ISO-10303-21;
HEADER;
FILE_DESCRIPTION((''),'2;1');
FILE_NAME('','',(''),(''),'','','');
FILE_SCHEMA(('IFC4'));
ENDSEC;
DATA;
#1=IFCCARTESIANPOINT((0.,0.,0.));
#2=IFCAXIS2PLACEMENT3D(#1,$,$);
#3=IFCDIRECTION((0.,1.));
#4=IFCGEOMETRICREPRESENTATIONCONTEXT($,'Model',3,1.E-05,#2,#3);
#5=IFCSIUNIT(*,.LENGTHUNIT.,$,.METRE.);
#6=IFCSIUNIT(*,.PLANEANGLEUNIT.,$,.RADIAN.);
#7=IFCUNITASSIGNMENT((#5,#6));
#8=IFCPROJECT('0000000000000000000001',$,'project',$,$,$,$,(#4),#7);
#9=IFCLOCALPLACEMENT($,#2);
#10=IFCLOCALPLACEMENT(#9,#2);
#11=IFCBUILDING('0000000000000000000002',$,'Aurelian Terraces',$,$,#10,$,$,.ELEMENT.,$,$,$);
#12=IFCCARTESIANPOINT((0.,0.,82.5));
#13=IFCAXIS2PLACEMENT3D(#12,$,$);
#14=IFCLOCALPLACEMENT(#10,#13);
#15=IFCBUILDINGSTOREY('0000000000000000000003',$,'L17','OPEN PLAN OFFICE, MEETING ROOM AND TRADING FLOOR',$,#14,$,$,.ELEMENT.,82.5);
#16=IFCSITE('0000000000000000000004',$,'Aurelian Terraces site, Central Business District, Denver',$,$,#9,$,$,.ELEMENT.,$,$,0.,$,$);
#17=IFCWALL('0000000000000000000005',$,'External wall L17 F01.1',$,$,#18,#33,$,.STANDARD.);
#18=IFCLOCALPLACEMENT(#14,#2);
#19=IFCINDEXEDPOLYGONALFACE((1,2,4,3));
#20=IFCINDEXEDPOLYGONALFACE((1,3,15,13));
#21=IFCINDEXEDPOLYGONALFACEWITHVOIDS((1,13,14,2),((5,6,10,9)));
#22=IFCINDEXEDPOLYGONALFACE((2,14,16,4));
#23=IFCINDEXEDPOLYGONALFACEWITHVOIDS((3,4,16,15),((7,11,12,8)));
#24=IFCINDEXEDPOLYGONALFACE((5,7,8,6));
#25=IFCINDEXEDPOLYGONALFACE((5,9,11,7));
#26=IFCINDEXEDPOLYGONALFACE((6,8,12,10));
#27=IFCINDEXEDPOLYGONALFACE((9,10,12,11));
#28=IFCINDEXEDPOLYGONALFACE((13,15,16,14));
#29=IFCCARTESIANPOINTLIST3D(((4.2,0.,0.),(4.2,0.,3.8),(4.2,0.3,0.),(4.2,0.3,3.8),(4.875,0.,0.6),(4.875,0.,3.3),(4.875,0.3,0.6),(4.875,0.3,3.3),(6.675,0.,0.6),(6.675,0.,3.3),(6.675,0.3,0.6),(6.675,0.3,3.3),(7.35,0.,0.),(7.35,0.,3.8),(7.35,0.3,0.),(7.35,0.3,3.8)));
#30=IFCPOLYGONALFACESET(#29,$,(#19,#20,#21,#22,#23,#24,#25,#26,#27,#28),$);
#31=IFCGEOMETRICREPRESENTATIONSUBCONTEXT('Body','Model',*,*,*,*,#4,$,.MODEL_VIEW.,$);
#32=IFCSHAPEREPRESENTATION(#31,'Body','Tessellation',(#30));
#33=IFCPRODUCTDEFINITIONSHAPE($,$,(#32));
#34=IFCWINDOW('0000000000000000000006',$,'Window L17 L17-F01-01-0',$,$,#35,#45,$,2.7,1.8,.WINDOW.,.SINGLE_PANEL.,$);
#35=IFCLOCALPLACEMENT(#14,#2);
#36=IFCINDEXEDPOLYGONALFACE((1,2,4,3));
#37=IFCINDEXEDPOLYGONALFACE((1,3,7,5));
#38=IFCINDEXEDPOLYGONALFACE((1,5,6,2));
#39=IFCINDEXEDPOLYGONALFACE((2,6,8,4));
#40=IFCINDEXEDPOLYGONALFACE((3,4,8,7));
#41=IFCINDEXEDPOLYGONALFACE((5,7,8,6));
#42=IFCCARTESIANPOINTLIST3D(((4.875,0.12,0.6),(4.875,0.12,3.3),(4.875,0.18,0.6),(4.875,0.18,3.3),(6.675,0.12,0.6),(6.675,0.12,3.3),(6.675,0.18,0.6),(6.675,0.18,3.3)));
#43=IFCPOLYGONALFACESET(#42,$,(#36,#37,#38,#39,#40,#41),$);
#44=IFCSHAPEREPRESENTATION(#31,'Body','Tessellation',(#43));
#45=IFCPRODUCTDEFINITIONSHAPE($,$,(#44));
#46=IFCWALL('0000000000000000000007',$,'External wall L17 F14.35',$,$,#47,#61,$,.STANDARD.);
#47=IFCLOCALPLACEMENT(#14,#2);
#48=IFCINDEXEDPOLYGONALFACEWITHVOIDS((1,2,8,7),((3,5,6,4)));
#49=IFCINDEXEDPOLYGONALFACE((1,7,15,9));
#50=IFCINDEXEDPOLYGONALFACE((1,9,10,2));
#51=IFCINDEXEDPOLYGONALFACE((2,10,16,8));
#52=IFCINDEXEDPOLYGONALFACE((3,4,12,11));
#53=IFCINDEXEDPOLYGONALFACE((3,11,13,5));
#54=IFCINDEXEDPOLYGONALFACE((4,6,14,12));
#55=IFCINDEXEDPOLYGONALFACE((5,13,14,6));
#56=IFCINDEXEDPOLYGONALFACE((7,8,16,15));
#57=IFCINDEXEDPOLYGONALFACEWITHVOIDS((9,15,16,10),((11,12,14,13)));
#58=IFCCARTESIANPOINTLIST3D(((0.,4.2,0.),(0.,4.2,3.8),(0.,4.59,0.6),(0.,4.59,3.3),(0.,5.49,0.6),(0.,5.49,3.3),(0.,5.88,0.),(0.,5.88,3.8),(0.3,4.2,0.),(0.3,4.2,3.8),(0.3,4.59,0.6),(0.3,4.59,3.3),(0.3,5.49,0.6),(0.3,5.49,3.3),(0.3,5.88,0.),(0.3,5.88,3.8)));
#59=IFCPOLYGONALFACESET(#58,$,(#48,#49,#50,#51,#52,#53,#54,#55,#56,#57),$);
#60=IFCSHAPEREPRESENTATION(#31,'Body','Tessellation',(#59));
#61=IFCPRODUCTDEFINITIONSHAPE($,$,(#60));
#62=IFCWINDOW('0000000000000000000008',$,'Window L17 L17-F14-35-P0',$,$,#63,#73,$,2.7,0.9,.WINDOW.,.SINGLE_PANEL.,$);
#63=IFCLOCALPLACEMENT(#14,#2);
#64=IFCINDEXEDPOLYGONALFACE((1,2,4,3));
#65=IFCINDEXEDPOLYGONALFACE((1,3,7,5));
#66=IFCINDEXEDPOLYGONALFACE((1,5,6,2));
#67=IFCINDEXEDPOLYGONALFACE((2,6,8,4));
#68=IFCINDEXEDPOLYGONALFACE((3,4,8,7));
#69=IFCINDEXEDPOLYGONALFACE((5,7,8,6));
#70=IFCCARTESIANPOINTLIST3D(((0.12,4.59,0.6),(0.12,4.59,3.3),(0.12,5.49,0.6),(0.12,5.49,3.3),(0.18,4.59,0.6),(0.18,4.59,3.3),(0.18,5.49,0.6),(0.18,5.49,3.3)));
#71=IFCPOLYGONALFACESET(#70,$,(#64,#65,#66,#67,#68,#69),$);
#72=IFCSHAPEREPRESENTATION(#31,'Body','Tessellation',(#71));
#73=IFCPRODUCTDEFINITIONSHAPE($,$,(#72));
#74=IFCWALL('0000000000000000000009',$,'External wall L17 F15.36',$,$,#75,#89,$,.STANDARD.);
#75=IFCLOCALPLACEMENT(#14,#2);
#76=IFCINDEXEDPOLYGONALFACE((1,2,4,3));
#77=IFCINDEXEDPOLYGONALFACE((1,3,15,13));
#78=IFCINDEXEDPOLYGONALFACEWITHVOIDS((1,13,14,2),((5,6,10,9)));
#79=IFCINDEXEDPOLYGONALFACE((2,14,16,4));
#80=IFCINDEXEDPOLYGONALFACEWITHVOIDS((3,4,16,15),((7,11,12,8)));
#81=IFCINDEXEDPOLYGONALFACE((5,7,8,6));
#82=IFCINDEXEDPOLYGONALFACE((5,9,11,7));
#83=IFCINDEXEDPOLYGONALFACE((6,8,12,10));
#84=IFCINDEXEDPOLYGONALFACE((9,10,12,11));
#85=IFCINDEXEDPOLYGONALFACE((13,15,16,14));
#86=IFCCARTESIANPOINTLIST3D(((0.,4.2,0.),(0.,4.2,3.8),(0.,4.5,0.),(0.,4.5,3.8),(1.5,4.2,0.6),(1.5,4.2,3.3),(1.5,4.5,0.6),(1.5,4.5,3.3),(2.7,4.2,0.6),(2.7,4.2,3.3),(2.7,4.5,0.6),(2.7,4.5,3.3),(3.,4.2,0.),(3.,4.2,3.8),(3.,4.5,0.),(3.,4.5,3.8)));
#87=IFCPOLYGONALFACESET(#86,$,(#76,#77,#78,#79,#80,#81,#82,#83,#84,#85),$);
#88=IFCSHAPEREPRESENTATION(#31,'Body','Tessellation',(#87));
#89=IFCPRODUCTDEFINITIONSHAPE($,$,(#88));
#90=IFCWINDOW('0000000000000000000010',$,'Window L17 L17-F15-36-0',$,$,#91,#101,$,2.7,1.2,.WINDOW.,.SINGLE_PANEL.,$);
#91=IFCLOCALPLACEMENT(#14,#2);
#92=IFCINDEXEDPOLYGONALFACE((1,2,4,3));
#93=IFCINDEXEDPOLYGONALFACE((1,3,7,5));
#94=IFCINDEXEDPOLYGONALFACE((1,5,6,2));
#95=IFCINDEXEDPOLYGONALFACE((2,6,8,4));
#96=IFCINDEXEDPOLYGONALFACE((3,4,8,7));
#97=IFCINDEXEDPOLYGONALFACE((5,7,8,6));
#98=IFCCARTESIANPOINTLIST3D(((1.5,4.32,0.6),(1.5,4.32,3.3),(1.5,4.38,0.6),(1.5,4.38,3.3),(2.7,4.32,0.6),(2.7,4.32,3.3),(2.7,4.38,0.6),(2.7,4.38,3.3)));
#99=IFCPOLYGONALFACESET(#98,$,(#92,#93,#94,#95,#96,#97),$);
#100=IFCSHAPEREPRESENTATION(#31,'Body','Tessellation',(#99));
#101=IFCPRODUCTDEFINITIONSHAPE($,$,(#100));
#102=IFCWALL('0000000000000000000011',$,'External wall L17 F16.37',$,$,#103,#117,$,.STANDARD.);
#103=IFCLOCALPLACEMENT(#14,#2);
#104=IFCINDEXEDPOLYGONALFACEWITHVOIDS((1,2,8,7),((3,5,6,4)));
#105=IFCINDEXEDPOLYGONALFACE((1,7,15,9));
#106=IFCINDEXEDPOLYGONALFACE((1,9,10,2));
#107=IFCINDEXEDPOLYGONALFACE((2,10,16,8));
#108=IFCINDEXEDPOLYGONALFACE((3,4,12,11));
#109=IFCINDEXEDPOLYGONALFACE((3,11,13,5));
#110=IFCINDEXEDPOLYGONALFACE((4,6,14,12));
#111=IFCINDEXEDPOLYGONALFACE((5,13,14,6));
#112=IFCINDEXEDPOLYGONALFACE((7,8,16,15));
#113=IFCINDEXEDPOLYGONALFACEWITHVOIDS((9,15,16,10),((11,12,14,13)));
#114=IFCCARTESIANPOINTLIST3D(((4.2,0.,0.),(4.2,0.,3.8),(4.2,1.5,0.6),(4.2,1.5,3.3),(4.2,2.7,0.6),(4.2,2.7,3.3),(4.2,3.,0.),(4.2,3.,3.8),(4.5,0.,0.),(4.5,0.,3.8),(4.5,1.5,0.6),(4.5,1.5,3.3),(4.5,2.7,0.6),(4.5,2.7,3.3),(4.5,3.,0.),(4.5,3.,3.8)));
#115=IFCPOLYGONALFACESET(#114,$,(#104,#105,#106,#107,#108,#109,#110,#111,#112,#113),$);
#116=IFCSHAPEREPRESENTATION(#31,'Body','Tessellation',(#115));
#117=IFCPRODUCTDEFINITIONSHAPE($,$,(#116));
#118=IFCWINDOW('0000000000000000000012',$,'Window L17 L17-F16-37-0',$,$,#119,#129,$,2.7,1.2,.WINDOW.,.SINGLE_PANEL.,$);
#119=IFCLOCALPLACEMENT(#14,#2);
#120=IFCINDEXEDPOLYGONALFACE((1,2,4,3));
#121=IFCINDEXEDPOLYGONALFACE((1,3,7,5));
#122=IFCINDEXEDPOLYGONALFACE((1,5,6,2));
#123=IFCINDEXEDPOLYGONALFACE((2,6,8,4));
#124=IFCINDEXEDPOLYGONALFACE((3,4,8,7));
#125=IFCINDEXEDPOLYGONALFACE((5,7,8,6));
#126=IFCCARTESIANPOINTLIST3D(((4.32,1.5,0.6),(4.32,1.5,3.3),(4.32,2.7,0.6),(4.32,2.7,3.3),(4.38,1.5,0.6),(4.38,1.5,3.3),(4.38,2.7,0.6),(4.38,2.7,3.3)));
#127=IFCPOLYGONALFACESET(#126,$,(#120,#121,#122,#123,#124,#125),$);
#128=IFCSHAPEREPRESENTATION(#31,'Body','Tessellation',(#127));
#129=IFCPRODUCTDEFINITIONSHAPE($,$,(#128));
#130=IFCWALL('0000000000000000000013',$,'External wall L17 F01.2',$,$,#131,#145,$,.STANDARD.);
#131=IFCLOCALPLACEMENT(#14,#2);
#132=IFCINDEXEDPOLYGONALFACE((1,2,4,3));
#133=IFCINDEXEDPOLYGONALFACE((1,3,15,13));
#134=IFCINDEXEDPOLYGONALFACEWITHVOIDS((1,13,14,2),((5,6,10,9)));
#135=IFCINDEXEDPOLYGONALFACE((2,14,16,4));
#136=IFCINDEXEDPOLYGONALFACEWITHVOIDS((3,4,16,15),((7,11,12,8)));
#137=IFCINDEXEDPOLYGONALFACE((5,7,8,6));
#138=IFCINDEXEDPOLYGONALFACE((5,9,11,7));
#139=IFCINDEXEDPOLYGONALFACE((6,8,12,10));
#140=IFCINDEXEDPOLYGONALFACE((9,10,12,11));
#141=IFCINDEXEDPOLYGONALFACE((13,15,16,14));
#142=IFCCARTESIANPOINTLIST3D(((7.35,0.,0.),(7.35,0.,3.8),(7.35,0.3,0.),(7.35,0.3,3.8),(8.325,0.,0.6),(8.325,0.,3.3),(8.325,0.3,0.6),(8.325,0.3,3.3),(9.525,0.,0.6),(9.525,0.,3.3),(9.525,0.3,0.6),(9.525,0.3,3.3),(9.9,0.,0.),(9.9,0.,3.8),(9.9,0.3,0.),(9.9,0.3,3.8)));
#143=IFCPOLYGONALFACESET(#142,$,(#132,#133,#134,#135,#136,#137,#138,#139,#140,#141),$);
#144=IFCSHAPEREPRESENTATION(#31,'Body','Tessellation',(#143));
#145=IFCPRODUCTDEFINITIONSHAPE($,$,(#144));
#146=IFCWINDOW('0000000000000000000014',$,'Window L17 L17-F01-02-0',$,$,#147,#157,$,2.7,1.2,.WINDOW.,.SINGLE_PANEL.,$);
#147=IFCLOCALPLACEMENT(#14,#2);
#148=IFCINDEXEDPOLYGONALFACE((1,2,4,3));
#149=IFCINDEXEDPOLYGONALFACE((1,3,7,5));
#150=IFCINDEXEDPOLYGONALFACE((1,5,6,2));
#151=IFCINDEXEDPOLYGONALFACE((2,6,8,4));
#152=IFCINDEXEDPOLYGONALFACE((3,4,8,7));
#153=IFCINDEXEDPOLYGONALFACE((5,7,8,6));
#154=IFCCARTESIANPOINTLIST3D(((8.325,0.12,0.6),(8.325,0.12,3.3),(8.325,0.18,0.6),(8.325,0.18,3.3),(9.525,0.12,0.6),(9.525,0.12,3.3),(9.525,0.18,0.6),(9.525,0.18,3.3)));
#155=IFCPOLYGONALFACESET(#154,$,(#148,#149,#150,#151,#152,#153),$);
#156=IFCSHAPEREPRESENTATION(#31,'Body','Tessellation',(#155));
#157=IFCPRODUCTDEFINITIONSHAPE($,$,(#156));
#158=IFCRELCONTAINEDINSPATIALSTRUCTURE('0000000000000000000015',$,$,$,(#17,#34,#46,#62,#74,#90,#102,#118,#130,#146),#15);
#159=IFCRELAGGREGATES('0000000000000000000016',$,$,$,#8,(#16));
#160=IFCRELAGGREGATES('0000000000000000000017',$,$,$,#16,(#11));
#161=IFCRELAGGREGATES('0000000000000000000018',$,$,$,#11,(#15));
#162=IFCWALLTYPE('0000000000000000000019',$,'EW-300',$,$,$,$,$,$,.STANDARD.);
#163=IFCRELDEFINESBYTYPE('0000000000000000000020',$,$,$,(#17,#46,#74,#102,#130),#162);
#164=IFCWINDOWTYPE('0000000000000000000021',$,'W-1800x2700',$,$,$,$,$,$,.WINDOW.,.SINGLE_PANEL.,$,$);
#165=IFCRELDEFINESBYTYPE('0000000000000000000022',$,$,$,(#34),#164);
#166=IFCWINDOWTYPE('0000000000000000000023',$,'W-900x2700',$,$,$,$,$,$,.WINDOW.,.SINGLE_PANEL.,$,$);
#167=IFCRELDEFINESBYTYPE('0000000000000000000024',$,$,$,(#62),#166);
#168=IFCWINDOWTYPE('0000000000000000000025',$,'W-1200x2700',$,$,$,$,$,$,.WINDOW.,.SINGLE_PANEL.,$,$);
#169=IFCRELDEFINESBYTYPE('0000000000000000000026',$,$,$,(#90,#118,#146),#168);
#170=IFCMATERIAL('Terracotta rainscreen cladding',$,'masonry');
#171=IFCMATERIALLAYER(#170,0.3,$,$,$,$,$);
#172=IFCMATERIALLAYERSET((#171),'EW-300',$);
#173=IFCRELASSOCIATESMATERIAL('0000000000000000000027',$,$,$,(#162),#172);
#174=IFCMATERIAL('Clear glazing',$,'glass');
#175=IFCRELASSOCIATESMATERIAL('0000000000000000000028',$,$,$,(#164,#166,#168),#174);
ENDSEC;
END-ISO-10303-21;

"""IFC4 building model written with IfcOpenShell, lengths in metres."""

from ifc_helpers import new_model, si_unit, direction, frame, frame_2d, origin, place, context, subcontext, project, spatial, rectangle, extrude, source, transform, mapped, material, layer, layer_set, type_object, element, fill, save


model = new_model("IFC4")

# Units and contexts
model_context = context("Model", 3, precision=1e-05, world=origin(), true_north=direction((0.0, 1.0)))
body_context = subcontext(model_context, "Body", "Model", "MODEL_VIEW")
ifc_project = project(units=[si_unit("LENGTHUNIT", "METRE"), si_unit("PLANEANGLEUNIT", "RADIAN")], contexts=[model_context])

# Site, building, storey
site_placement = place(None, origin())
site = spatial("IfcSite", under=ifc_project, at=site_placement, Name="Aurelian Terraces site, Central Business District, Denver", CompositionType="ELEMENT", RefElevation=0.0)
building_placement = place(site_placement, origin())
building = spatial("IfcBuilding", under=site, at=building_placement, Name="Aurelian Terraces", CompositionType="ELEMENT")
storey_placement = place(building_placement, frame((0.0, 0.0, 82.5)))
storey = spatial("IfcBuildingStorey", under=building, at=storey_placement, Name="L17", Description="OPEN PLAN OFFICE, MEETING ROOM AND TRADING FLOOR", CompositionType="ELEMENT", Elevation=82.5)

# Walls, openings, windows
ifc_material_1 = material(Name="Terracotta rainscreen cladding", Category="masonry")
ifc_layer_1 = layer(ifc_material_1, 0.3)
ifc_layer_set_1 = layer_set([ifc_layer_1], Name="EW-300")
wall_type_1 = type_object("IfcWallType", Name="EW-300", PredefinedType="STANDARD", material=ifc_layer_set_1)
ifc_material_2 = material(Name="Clear glazing", Category="glass")
shared_shape_1 = source(origin(), body_context, "Body", "SweptSolid", [
    extrude(rectangle(XDim=3.15, YDim=0.3, at=frame_2d((1.575, 0.0))), origin(), (0.0, 0.0, 1.0), 3.8),
])
wall_1_placement = place(storey_placement, frame((4.2, 0.15, 0.0), z_axis=(0.0, 0.0, 1.0), x_axis=(1.0, 0.0, 0.0)))
wall_1 = element("IfcWall", 1, at=wall_1_placement, inside=storey, type_object=wall_type_1, Name="External wall L17 F01.1", PredefinedType="STANDARD", context=body_context, shape_type="MappedRepresentation", body=[
    mapped(shared_shape_1, transform((0.0, 0.0, 0.0), scale=1.0)),
])
shared_shape_2 = source(origin(), body_context, "Body", "SweptSolid", [
    extrude(rectangle(XDim=1.8, YDim=2.7, at=frame_2d((0.9, 1.35))), frame((0.0, 0.16, 0.0), z_axis=(0.0, -1.0, 0.0), x_axis=(1.0, 0.0, 0.0)), (0.0, 0.0, 1.0), 0.32),
])
opening_1_placement = place(wall_1_placement, frame((0.675, 0.0, 0.6)))
opening_1 = element("IfcOpeningElement", 2, at=opening_1_placement, cuts=wall_1, PredefinedType="OPENING", context=body_context, shape_type="MappedRepresentation", body=[
    mapped(shared_shape_2, transform((0.0, 0.0, 0.0), scale=1.0)),
])
window_type_1 = type_object("IfcWindowType", Name="W-1800x2700", PartitioningType="SINGLE_PANEL", PredefinedType="WINDOW", material=ifc_material_2)
shared_shape_3 = source(origin(), body_context, "Body", "SweptSolid", [
    extrude(rectangle(XDim=1.8, YDim=2.7, at=frame_2d((0.9, 1.35))), frame((0.0, 0.03, 0.0), z_axis=(0.0, -1.0, 0.0), x_axis=(1.0, 0.0, 0.0)), (0.0, 0.0, 1.0), 0.06),
])
window_1_placement = place(opening_1_placement, origin())
window_1 = element("IfcWindow", 3, at=window_1_placement, inside=storey, type_object=window_type_1, Name="Window L17 L17-F01-01-0", OverallHeight=2.7, OverallWidth=1.8, PartitioningType="SINGLE_PANEL", PredefinedType="WINDOW", context=body_context, shape_type="MappedRepresentation", body=[
    mapped(shared_shape_3, transform((0.0, 0.0, 0.0), scale=1.0)),
])
fill(opening_1, window_1)
shared_shape_4 = source(origin(), body_context, "Body", "SweptSolid", [
    extrude(rectangle(XDim=1.68, YDim=0.3, at=frame_2d((0.84, 0.0))), origin(), (0.0, 0.0, 1.0), 3.8),
])
wall_2_placement = place(storey_placement, frame((0.15, 5.88, 0.0), z_axis=(0.0, 0.0, 1.0), x_axis=(0.0, -1.0, 0.0)))
wall_2 = element("IfcWall", 4, at=wall_2_placement, inside=storey, type_object=wall_type_1, Name="External wall L17 F14.35", PredefinedType="STANDARD", context=body_context, shape_type="MappedRepresentation", body=[
    mapped(shared_shape_4, transform((0.0, 0.0, 0.0), scale=1.0)),
])
shared_shape_5 = source(origin(), body_context, "Body", "SweptSolid", [
    extrude(rectangle(XDim=0.9, YDim=2.7, at=frame_2d((0.45, 1.35))), frame((0.0, 0.16, 0.0), z_axis=(0.0, -1.0, 0.0), x_axis=(1.0, 0.0, 0.0)), (0.0, 0.0, 1.0), 0.32),
])
opening_2_placement = place(wall_2_placement, frame((0.39, 0.0, 0.6)))
opening_2 = element("IfcOpeningElement", 5, at=opening_2_placement, cuts=wall_2, PredefinedType="OPENING", context=body_context, shape_type="MappedRepresentation", body=[
    mapped(shared_shape_5, transform((0.0, 0.0, 0.0), scale=1.0)),
])
window_type_2 = type_object("IfcWindowType", Name="W-900x2700", PartitioningType="SINGLE_PANEL", PredefinedType="WINDOW", material=ifc_material_2)
shared_shape_6 = source(origin(), body_context, "Body", "SweptSolid", [
    extrude(rectangle(XDim=0.9, YDim=2.7, at=frame_2d((0.45, 1.35))), frame((0.0, 0.03, 0.0), z_axis=(0.0, -1.0, 0.0), x_axis=(1.0, 0.0, 0.0)), (0.0, 0.0, 1.0), 0.06),
])
window_2_placement = place(opening_2_placement, origin())
window_2 = element("IfcWindow", 6, at=window_2_placement, inside=storey, type_object=window_type_2, Name="Window L17 L17-F14-35-P0", OverallHeight=2.7, OverallWidth=0.9, PartitioningType="SINGLE_PANEL", PredefinedType="WINDOW", context=body_context, shape_type="MappedRepresentation", body=[
    mapped(shared_shape_6, transform((0.0, 0.0, 0.0), scale=1.0)),
])
fill(opening_2, window_2)
shared_shape_7 = source(origin(), body_context, "Body", "SweptSolid", [
    extrude(rectangle(XDim=3.0, YDim=0.3, at=frame_2d((1.5, 0.0))), origin(), (0.0, 0.0, 1.0), 3.8),
])
wall_3_placement = place(storey_placement, frame((0.0, 4.35, 0.0), z_axis=(0.0, 0.0, 1.0), x_axis=(1.0, 0.0, 0.0)))
wall_3 = element("IfcWall", 7, at=wall_3_placement, inside=storey, type_object=wall_type_1, Name="External wall L17 F15.36", PredefinedType="STANDARD", context=body_context, shape_type="MappedRepresentation", body=[
    mapped(shared_shape_7, transform((0.0, 0.0, 0.0), scale=1.0)),
])
shared_shape_8 = source(origin(), body_context, "Body", "SweptSolid", [
    extrude(rectangle(XDim=1.2, YDim=2.7, at=frame_2d((0.6, 1.35))), frame((0.0, 0.16, 0.0), z_axis=(0.0, -1.0, 0.0), x_axis=(1.0, 0.0, 0.0)), (0.0, 0.0, 1.0), 0.32),
])
opening_3_placement = place(wall_3_placement, frame((1.5, 0.0, 0.6)))
opening_3 = element("IfcOpeningElement", 8, at=opening_3_placement, cuts=wall_3, PredefinedType="OPENING", context=body_context, shape_type="MappedRepresentation", body=[
    mapped(shared_shape_8, transform((0.0, 0.0, 0.0), scale=1.0)),
])
window_type_3 = type_object("IfcWindowType", Name="W-1200x2700", PartitioningType="SINGLE_PANEL", PredefinedType="WINDOW", material=ifc_material_2)
shared_shape_9 = source(origin(), body_context, "Body", "SweptSolid", [
    extrude(rectangle(XDim=1.2, YDim=2.7, at=frame_2d((0.6, 1.35))), frame((0.0, 0.03, 0.0), z_axis=(0.0, -1.0, 0.0), x_axis=(1.0, 0.0, 0.0)), (0.0, 0.0, 1.0), 0.06),
])
window_3_placement = place(opening_3_placement, origin())
window_3 = element("IfcWindow", 9, at=window_3_placement, inside=storey, type_object=window_type_3, Name="Window L17 L17-F15-36-0", OverallHeight=2.7, OverallWidth=1.2, PartitioningType="SINGLE_PANEL", PredefinedType="WINDOW", context=body_context, shape_type="MappedRepresentation", body=[
    mapped(shared_shape_9, transform((0.0, 0.0, 0.0), scale=1.0)),
])
fill(opening_3, window_3)
wall_4_placement = place(storey_placement, frame((4.35, 3.0, 0.0), z_axis=(0.0, 0.0, 1.0), x_axis=(0.0, -1.0, 0.0)))
wall_4 = element("IfcWall", 10, at=wall_4_placement, inside=storey, type_object=wall_type_1, Name="External wall L17 F16.37", PredefinedType="STANDARD", context=body_context, shape_type="MappedRepresentation", body=[
    mapped(shared_shape_7, transform((0.0, 0.0, 0.0), scale=1.0)),
])
opening_4_placement = place(wall_4_placement, frame((0.3, 0.0, 0.6)))
opening_4 = element("IfcOpeningElement", 11, at=opening_4_placement, cuts=wall_4, PredefinedType="OPENING", context=body_context, shape_type="MappedRepresentation", body=[
    mapped(shared_shape_8, transform((0.0, 0.0, 0.0), scale=1.0)),
])
window_4_placement = place(opening_4_placement, origin())
window_4 = element("IfcWindow", 12, at=window_4_placement, inside=storey, type_object=window_type_3, Name="Window L17 L17-F16-37-0", OverallHeight=2.7, OverallWidth=1.2, PartitioningType="SINGLE_PANEL", PredefinedType="WINDOW", context=body_context, shape_type="MappedRepresentation", body=[
    mapped(shared_shape_9, transform((0.0, 0.0, 0.0), scale=1.0)),
])
fill(opening_4, window_4)
shared_shape_10 = source(origin(), body_context, "Body", "SweptSolid", [
    extrude(rectangle(XDim=2.55, YDim=0.3, at=frame_2d((1.275, 0.0))), origin(), (0.0, 0.0, 1.0), 3.8),
])
wall_5_placement = place(storey_placement, frame((7.35, 0.15, 0.0), z_axis=(0.0, 0.0, 1.0), x_axis=(1.0, 0.0, 0.0)))
wall_5 = element("IfcWall", 13, at=wall_5_placement, inside=storey, type_object=wall_type_1, Name="External wall L17 F01.2", PredefinedType="STANDARD", context=body_context, shape_type="MappedRepresentation", body=[
    mapped(shared_shape_10, transform((0.0, 0.0, 0.0), scale=1.0)),
])
opening_5_placement = place(wall_5_placement, frame((0.975, 0.0, 0.6)))
opening_5 = element("IfcOpeningElement", 14, at=opening_5_placement, cuts=wall_5, PredefinedType="OPENING", context=body_context, shape_type="MappedRepresentation", body=[
    mapped(shared_shape_8, transform((0.0, 0.0, 0.0), scale=1.0)),
])
window_5_placement = place(opening_5_placement, origin())
window_5 = element("IfcWindow", 15, at=window_5_placement, inside=storey, type_object=window_type_3, Name="Window L17 L17-F01-02-0", OverallHeight=2.7, OverallWidth=1.2, PartitioningType="SINGLE_PANEL", PredefinedType="WINDOW", context=body_context, shape_type="MappedRepresentation", body=[
    mapped(shared_shape_9, transform((0.0, 0.0, 0.0), scale=1.0)),
])
fill(opening_5, window_5)

save(model, "model.ifc")
